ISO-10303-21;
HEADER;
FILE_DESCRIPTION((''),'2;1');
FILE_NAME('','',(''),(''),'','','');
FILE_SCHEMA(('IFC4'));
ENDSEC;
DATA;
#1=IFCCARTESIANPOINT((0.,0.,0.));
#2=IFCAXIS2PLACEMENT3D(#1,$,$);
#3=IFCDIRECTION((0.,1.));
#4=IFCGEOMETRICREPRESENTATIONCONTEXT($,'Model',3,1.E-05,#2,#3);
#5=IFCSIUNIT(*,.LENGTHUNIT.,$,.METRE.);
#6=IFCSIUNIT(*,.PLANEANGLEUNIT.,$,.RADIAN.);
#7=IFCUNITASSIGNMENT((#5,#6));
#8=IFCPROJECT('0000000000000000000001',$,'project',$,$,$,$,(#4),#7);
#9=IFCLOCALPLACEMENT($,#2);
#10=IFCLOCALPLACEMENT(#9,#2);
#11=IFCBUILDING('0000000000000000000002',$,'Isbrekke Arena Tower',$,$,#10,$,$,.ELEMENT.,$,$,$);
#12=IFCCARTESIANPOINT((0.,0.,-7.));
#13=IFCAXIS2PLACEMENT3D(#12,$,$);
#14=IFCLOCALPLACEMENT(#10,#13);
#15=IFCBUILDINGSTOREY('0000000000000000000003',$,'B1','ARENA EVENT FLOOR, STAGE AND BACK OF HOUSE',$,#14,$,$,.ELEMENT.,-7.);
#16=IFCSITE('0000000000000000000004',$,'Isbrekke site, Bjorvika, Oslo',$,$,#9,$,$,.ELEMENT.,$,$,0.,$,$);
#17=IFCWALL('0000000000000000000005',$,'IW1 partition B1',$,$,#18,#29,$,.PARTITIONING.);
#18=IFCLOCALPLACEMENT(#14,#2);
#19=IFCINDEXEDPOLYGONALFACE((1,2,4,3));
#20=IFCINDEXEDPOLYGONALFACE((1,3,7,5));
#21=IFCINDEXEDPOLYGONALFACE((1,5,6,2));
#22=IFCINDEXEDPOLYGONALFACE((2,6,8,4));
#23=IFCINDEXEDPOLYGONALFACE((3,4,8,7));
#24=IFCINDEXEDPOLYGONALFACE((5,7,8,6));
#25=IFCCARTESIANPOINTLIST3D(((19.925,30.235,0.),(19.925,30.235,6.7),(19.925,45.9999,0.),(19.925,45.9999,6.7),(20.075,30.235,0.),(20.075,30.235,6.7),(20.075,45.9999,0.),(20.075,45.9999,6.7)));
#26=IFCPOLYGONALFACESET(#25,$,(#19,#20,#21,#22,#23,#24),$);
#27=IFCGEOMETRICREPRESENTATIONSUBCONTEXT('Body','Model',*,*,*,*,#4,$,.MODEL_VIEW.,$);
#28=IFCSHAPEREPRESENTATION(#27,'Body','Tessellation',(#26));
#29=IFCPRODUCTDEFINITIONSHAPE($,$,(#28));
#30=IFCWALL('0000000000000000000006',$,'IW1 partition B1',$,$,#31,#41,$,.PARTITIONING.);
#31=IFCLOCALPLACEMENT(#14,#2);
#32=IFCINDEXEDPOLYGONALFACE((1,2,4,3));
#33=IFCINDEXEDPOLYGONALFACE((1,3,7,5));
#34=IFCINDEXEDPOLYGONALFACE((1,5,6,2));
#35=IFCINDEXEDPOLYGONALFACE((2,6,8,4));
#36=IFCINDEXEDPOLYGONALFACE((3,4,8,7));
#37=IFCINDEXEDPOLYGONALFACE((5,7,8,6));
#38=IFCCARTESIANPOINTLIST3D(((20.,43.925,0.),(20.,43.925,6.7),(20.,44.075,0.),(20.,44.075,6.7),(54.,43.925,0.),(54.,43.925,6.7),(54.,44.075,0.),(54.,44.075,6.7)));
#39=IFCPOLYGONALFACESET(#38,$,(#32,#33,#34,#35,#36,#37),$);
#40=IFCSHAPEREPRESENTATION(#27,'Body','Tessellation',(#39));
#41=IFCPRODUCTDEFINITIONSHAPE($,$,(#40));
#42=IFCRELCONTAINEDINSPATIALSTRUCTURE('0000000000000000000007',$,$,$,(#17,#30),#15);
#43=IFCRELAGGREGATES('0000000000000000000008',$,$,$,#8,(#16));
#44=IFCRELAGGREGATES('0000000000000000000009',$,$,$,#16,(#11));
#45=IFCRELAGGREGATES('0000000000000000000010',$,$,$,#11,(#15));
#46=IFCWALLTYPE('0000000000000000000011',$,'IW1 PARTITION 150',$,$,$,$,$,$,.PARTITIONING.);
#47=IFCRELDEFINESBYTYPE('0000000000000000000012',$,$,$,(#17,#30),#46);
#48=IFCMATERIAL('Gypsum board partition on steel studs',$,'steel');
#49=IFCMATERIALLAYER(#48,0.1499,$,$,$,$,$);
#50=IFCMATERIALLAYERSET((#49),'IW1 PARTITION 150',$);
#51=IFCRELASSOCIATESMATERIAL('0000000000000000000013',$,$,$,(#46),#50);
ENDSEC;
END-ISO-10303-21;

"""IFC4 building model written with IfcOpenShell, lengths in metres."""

from ifc_helpers import new_model, si_unit, direction, frame, frame_2d, origin, place, context, subcontext, project, spatial, rectangle, extrude, material, layer, layer_set, type_object, element, save


model = new_model("IFC4")

# Units and contexts
model_context = context("Model", 3, precision=1e-05, world=origin(), true_north=direction((0.0, 1.0)))
body_context = subcontext(model_context, "Body", "Model", "MODEL_VIEW")
ifc_project = project(units=[si_unit("LENGTHUNIT", "METRE"), si_unit("PLANEANGLEUNIT", "RADIAN")], contexts=[model_context])

# Site, building, storey
site_placement = place(None, origin())
site = spatial("IfcSite", under=ifc_project, at=site_placement, Name="Isbrekke site, Bjorvika, Oslo", CompositionType="ELEMENT", RefElevation=0.0)
building_placement = place(site_placement, origin())
building = spatial("IfcBuilding", under=site, at=building_placement, Name="Isbrekke Arena Tower", CompositionType="ELEMENT")
storey_placement = place(building_placement, frame((0.0, 0.0, -7.0)))
storey = spatial("IfcBuildingStorey", under=building, at=storey_placement, Name="B1", Description="ARENA EVENT FLOOR, STAGE AND BACK OF HOUSE", CompositionType="ELEMENT", Elevation=-7.0)

# Walls
ifc_material_1 = material(Name="Gypsum board partition on steel studs", Category="steel")
ifc_layer = layer(ifc_material_1, 0.1499)
ifc_layer_set = layer_set([ifc_layer], Name="IW1 PARTITION 150")
wall_type = type_object("IfcWallType", Name="IW1 PARTITION 150", PredefinedType="PARTITIONING", material=ifc_layer_set)
wall_1_placement = place(storey_placement, frame((20.0, 30.2351, 0.0), z_axis=(0.0, 0.0, 1.0), x_axis=(0.0, 1.0, 0.0)))
element("IfcWall", 1, at=wall_1_placement, inside=storey, type_object=wall_type, Name="IW1 partition B1", PredefinedType="PARTITIONING", context=body_context, shape_type="SweptSolid", body=[
    extrude(rectangle(XDim=15.7649, YDim=0.1499, at=frame_2d((7.8823, 0.0))), origin(), (0.0, 0.0, 1.0), 6.7),
])
wall_2_placement = place(storey_placement, frame((20.0, 44.0, 0.0), z_axis=(0.0, 0.0, 1.0), x_axis=(1.0, 0.0, 0.0)))
element("IfcWall", 2, at=wall_2_placement, inside=storey, type_object=wall_type, Name="IW1 partition B1", PredefinedType="PARTITIONING", context=body_context, shape_type="SweptSolid", body=[
    extrude(rectangle(XDim=34.0, YDim=0.1499, at=frame_2d((17.0, 0.0))), origin(), (0.0, 0.0, 1.0), 6.7),
])

save(model, "model.ifc")
